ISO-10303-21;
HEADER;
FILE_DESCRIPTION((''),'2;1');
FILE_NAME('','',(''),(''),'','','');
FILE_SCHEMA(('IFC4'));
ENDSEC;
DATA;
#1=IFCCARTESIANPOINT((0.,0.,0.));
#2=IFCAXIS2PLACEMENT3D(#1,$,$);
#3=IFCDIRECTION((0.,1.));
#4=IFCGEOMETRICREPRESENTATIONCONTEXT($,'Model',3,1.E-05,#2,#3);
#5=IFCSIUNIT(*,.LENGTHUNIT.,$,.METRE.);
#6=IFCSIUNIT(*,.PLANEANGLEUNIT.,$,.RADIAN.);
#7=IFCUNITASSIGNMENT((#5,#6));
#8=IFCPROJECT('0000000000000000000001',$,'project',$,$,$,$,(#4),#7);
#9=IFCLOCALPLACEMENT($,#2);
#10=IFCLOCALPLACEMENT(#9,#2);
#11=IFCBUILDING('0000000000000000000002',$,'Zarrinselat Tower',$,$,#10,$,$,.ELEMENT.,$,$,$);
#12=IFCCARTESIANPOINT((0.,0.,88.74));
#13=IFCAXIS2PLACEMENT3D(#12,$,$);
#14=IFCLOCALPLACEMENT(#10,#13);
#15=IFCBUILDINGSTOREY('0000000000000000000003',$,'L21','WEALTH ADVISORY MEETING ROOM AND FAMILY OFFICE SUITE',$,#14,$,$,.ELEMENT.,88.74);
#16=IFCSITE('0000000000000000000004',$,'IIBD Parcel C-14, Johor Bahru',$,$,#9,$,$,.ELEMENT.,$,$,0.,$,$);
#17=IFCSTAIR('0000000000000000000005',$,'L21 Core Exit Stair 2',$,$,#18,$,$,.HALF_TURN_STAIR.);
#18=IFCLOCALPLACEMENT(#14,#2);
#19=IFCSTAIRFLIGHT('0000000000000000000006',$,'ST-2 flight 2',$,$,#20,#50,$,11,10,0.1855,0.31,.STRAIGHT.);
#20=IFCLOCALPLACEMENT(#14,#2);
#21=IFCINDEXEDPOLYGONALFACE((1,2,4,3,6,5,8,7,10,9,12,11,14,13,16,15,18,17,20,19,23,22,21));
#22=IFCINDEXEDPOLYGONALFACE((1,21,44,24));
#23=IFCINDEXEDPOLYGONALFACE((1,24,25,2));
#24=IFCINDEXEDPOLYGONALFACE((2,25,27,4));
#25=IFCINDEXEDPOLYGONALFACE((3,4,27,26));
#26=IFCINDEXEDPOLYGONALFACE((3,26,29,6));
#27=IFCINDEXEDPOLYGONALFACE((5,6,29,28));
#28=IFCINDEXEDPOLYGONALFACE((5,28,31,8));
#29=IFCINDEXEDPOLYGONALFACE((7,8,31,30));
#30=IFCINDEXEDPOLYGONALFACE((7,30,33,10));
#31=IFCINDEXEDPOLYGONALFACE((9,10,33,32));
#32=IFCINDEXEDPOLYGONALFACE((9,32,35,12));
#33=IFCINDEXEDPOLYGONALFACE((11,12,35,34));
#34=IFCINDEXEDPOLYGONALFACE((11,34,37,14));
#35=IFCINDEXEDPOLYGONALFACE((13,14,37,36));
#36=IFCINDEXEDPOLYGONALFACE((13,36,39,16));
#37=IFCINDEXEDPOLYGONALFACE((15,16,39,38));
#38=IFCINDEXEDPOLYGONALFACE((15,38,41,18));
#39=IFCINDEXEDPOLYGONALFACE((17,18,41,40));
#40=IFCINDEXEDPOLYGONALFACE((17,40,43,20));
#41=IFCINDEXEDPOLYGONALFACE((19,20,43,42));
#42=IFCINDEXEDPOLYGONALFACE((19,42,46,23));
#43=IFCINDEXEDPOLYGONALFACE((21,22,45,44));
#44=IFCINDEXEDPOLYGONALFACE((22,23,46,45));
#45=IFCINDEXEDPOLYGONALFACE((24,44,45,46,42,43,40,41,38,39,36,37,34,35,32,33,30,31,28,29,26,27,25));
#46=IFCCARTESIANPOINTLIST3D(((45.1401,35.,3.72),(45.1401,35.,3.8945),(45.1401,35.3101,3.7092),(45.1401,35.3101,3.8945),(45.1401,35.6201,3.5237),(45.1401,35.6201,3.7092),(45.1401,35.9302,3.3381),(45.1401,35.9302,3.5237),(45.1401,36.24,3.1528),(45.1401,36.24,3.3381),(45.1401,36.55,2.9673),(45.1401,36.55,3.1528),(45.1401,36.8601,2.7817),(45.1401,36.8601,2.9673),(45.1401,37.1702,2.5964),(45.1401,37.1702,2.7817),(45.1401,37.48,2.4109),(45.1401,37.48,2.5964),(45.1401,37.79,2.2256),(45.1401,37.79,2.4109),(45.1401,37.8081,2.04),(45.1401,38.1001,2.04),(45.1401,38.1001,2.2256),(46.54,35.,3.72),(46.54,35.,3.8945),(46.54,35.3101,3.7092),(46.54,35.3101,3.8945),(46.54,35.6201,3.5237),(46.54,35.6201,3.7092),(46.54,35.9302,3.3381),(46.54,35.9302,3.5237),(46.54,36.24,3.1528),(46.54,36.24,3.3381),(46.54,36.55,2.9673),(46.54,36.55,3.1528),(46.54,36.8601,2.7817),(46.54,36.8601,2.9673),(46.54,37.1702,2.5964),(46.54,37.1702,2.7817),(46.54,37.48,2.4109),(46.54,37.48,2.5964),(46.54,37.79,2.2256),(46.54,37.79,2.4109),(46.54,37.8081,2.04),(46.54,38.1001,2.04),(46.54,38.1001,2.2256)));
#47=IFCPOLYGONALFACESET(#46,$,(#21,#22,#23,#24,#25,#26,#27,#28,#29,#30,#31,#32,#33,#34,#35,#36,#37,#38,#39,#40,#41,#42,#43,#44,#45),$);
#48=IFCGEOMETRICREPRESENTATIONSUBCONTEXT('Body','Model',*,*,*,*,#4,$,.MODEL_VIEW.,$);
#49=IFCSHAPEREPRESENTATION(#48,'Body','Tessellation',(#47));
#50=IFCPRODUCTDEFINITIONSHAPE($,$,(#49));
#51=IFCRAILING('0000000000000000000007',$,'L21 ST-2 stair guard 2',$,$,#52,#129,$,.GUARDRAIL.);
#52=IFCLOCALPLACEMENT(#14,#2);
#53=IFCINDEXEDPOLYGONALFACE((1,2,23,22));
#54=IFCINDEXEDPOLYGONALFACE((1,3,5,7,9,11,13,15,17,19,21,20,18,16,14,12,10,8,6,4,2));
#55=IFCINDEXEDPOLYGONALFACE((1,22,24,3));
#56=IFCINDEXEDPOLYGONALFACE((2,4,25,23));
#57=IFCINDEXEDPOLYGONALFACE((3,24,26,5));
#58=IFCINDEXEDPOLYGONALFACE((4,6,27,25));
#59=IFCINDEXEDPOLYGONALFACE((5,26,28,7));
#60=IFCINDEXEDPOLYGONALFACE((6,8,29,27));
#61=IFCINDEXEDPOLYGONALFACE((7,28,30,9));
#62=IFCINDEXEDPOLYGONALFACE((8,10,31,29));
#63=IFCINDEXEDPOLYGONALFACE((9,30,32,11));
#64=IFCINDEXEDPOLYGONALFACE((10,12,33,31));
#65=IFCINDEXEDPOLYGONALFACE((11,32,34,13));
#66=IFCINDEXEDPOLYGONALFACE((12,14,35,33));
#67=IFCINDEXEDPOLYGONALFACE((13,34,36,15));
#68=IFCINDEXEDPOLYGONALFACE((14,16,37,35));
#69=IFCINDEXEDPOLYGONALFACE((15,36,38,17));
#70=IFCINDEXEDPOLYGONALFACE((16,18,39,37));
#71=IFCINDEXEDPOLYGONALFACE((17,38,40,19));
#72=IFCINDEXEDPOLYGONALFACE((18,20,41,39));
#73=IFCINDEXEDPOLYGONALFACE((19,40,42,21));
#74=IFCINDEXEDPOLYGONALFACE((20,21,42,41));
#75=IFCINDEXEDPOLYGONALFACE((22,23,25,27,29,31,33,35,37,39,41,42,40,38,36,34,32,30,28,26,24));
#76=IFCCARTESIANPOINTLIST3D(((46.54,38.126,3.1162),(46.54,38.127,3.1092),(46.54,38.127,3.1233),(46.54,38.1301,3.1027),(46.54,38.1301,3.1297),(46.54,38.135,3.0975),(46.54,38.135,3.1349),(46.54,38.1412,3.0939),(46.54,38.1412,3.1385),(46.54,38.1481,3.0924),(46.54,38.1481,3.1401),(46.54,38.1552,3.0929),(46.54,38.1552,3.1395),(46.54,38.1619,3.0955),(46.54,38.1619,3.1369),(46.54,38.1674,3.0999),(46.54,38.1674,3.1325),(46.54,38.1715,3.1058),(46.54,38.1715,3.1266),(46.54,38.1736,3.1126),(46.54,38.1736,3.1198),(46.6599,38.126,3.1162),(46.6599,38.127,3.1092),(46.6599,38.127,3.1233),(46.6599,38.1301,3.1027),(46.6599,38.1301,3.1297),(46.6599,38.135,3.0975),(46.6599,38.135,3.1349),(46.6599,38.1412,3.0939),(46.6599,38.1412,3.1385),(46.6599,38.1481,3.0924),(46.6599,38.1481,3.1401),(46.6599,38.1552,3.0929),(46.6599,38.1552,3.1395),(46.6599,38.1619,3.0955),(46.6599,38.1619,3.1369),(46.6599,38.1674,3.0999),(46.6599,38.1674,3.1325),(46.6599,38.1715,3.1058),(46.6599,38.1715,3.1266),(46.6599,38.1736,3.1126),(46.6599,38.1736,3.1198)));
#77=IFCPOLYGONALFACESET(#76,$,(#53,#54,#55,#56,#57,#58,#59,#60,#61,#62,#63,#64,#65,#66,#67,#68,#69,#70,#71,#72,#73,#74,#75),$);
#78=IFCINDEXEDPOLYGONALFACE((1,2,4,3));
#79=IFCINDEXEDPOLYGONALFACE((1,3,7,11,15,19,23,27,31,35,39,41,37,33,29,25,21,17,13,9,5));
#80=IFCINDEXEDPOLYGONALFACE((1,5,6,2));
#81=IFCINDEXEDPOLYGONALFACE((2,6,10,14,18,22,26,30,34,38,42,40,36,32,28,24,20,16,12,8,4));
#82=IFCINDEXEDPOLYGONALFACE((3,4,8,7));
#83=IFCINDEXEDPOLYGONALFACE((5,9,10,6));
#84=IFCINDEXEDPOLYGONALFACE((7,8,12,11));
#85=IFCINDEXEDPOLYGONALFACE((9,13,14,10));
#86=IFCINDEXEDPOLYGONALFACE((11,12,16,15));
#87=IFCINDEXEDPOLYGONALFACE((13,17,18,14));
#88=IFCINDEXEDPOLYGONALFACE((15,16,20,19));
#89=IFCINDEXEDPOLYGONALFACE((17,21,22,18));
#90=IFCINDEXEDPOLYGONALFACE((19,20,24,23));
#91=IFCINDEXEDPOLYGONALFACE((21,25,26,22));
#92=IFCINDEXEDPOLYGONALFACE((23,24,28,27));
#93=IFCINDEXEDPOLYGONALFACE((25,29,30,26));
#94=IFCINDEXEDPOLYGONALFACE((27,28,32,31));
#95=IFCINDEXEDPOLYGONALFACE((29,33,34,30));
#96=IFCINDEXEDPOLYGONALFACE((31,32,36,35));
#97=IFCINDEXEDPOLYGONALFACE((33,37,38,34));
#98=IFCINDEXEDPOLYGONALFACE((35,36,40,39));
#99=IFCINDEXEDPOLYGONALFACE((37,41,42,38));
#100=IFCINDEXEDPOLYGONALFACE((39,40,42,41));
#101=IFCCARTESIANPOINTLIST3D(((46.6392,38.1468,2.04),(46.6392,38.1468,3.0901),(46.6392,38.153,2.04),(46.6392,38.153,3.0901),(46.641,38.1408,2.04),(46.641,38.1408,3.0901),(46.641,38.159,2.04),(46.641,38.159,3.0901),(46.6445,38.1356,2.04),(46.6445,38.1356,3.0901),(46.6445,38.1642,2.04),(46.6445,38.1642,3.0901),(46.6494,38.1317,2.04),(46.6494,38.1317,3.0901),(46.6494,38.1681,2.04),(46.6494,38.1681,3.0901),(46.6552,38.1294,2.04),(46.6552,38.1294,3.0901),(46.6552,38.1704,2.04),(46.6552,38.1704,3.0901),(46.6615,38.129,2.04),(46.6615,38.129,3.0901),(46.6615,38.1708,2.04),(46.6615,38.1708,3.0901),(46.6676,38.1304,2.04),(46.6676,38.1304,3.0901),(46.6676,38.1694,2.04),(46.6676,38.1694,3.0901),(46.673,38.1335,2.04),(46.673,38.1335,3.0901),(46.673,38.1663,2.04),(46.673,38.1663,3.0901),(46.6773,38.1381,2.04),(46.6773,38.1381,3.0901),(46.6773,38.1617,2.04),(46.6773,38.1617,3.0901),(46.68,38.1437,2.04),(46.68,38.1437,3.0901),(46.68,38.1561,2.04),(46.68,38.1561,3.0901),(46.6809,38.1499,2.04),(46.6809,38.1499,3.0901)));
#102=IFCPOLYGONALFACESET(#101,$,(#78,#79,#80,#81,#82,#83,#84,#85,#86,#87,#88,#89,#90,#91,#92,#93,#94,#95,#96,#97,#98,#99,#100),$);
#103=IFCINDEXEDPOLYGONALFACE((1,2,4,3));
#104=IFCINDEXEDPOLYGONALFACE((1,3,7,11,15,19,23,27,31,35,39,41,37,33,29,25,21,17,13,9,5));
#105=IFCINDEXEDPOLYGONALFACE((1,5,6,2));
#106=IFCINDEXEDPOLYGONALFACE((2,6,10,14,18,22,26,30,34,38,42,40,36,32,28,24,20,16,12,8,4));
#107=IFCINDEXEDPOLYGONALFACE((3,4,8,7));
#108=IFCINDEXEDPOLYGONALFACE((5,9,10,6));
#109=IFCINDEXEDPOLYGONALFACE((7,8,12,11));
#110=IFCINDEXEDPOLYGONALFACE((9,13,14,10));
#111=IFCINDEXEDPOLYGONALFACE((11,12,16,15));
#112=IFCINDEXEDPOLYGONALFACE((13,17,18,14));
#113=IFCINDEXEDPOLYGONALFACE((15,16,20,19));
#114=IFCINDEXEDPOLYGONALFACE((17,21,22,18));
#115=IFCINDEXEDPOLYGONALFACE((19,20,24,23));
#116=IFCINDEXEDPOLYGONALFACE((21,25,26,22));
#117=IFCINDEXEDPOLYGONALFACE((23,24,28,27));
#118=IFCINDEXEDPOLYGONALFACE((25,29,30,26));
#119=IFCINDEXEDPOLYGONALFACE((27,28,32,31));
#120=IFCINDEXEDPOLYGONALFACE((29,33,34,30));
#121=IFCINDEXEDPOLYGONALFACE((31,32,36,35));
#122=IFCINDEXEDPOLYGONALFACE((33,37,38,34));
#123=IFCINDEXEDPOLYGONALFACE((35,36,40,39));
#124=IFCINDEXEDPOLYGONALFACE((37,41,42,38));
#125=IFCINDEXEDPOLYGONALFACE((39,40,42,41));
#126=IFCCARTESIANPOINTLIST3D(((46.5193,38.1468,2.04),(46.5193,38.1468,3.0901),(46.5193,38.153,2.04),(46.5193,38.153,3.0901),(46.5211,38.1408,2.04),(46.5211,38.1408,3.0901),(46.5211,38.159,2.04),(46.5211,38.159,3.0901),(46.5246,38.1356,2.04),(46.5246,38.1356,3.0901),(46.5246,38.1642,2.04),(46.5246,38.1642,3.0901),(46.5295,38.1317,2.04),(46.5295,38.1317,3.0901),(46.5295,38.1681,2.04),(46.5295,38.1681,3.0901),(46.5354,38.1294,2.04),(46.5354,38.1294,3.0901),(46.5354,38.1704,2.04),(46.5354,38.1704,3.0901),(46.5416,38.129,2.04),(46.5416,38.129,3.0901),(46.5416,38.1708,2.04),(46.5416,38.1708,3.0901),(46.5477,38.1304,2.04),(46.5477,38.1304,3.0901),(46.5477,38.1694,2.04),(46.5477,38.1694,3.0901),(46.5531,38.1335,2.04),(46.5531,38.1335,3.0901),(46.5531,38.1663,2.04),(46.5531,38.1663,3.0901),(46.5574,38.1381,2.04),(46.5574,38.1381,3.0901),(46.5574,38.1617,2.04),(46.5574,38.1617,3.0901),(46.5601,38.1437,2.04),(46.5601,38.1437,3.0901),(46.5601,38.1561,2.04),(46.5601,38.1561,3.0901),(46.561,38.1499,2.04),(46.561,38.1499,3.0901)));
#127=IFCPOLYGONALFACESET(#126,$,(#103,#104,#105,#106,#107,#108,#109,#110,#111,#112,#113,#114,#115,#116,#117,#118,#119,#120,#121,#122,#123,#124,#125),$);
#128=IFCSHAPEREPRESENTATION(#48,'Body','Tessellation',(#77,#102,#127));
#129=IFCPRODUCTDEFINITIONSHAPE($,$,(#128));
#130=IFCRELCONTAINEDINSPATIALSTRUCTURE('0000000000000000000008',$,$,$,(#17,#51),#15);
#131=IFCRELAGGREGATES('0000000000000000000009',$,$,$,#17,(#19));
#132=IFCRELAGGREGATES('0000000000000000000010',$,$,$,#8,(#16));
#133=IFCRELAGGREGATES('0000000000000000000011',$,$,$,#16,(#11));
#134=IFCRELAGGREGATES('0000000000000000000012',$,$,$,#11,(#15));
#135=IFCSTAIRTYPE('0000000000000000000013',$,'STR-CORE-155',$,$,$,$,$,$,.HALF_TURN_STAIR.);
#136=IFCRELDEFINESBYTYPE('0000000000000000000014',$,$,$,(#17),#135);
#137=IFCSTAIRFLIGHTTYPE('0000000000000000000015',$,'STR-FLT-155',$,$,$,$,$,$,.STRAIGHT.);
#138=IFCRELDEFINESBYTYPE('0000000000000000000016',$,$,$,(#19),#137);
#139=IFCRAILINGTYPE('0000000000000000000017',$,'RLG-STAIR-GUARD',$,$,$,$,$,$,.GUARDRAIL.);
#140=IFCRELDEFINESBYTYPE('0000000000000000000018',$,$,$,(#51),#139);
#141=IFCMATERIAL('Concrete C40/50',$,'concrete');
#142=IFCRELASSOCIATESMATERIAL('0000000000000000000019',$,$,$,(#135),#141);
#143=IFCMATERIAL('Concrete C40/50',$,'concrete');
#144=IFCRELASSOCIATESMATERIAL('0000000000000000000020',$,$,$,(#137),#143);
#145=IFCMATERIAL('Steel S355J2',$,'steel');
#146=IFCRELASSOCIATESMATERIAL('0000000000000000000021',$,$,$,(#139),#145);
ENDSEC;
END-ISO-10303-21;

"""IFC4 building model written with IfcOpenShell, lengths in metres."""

from ifc_helpers import new_model, si_unit, direction, frame, origin, origin_2d, place, context, subcontext, project, spatial, polyline, circle, outline, extrude, material, type_object, element, aggregate, save


model = new_model("IFC4")

# Units and contexts
model_context = context("Model", 3, precision=1e-05, world=origin(), true_north=direction((0.0, 1.0)))
body_context = subcontext(model_context, "Body", "Model", "MODEL_VIEW")
ifc_project = project(units=[si_unit("LENGTHUNIT", "METRE"), si_unit("PLANEANGLEUNIT", "RADIAN")], contexts=[model_context])

# Site, building, storey
site_placement = place(None, origin())
site = spatial("IfcSite", under=ifc_project, at=site_placement, Name="IIBD Parcel C-14, Johor Bahru", CompositionType="ELEMENT", RefElevation=0.0)
building_placement = place(site_placement, origin())
building = spatial("IfcBuilding", under=site, at=building_placement, Name="Zarrinselat Tower", CompositionType="ELEMENT")
storey_placement = place(building_placement, frame((0.0, 0.0, 88.74)))
storey = spatial("IfcBuildingStorey", under=building, at=storey_placement, Name="L21", Description="WEALTH ADVISORY MEETING ROOM AND FAMILY OFFICE SUITE", CompositionType="ELEMENT", Elevation=88.74)

# Stair, stair flight
ifc_material_1 = material(Name="Concrete C40/50", Category="concrete")
stair_type = type_object("IfcStairType", Name="STR-CORE-155", PredefinedType="HALF_TURN_STAIR", material=ifc_material_1)
stair_placement = place(storey_placement, origin())
stair = element("IfcStair", 1, at=stair_placement, inside=storey, type_object=stair_type, Name="L21 Core Exit Stair 2", PredefinedType="HALF_TURN_STAIR")
ifc_material_2 = material(Name="Concrete C40/50", Category="concrete")
stair_flight_type = type_object("IfcStairFlightType", Name="STR-FLT-155", PredefinedType="STRAIGHT", material=ifc_material_2)
stair_flight_placement = place(storey_placement, frame((45.8401, 38.1001, 2.04), z_axis=(0.0, 0.0, 1.0), x_axis=(0.0, -1.0, 0.0)))
stair_flight = element("IfcStairFlight", 2, at=stair_flight_placement, type_object=stair_flight_type, Name="ST-2 flight 2", NumberOfRisers=11, NumberOfTreads=10, PredefinedType="STRAIGHT", RiserHeight=0.1855, TreadLength=0.31, context=body_context, shape_type="SweptSolid", body=[
    extrude(outline(polyline([(0.0, 0.0), (0.0, 0.1855), (0.3101, 0.1855), (0.3101, 0.3708), (0.6201, 0.3708), (0.6201, 0.5564), (0.9299, 0.5564), (0.9299, 0.7417), (1.24, 0.7417), (1.24, 0.9272), (1.55, 0.9272), (1.55, 1.1128), (1.8601, 1.1128), (1.8601, 1.2981), (2.1699, 1.2981), (2.1699, 1.4836), (2.48, 1.4836), (2.48, 1.6692), (2.79, 1.6692), (2.79, 1.8545), (3.1001, 1.8545), (3.1001, 2.04), (3.1001, 1.6799), (0.292, 0.0), (0.0, 0.0)])), frame((0.0, 0.7, 0.0), z_axis=(0.0, -1.0, 0.0), x_axis=(1.0, 0.0, 0.0)), (0.0, 0.0, 1.0), 1.3999),
])
aggregate(stair, [stair_flight])

# Railing
ifc_material_3 = material(Name="Steel S355J2", Category="steel")
railing_type_1 = type_object("IfcRailingType", Name="RLG-STAIR-GUARD", PredefinedType="GUARDRAIL", material=ifc_material_3)
railing_1_placement = place(storey_placement, frame((46.6599, 38.1499, 2.04)))
element("IfcRailing", 3, at=railing_1_placement, inside=storey, type_object=railing_type_1, Name="L21 ST-2 stair guard 2", PredefinedType="GUARDRAIL", context=body_context, shape_type="SweptSolid", body=[
    extrude(circle(Radius=0.0239, at=origin_2d()), frame((0.0, 0.0, 1.0762), z_axis=(-1.0, 0.0, 0.0), x_axis=(0.0, -1.0, 0.0)), (0.0, 0.0, 1.0), 0.1199),
    extrude(circle(Radius=0.021, at=origin_2d()), origin(), (0.0, 0.0, 1.0), 1.05),
    extrude(circle(Radius=0.021, at=origin_2d()), frame((-0.1199, 0.0, 0.0)), (0.0, 0.0, 1.0), 1.05),
])

save(model, "model.ifc")
